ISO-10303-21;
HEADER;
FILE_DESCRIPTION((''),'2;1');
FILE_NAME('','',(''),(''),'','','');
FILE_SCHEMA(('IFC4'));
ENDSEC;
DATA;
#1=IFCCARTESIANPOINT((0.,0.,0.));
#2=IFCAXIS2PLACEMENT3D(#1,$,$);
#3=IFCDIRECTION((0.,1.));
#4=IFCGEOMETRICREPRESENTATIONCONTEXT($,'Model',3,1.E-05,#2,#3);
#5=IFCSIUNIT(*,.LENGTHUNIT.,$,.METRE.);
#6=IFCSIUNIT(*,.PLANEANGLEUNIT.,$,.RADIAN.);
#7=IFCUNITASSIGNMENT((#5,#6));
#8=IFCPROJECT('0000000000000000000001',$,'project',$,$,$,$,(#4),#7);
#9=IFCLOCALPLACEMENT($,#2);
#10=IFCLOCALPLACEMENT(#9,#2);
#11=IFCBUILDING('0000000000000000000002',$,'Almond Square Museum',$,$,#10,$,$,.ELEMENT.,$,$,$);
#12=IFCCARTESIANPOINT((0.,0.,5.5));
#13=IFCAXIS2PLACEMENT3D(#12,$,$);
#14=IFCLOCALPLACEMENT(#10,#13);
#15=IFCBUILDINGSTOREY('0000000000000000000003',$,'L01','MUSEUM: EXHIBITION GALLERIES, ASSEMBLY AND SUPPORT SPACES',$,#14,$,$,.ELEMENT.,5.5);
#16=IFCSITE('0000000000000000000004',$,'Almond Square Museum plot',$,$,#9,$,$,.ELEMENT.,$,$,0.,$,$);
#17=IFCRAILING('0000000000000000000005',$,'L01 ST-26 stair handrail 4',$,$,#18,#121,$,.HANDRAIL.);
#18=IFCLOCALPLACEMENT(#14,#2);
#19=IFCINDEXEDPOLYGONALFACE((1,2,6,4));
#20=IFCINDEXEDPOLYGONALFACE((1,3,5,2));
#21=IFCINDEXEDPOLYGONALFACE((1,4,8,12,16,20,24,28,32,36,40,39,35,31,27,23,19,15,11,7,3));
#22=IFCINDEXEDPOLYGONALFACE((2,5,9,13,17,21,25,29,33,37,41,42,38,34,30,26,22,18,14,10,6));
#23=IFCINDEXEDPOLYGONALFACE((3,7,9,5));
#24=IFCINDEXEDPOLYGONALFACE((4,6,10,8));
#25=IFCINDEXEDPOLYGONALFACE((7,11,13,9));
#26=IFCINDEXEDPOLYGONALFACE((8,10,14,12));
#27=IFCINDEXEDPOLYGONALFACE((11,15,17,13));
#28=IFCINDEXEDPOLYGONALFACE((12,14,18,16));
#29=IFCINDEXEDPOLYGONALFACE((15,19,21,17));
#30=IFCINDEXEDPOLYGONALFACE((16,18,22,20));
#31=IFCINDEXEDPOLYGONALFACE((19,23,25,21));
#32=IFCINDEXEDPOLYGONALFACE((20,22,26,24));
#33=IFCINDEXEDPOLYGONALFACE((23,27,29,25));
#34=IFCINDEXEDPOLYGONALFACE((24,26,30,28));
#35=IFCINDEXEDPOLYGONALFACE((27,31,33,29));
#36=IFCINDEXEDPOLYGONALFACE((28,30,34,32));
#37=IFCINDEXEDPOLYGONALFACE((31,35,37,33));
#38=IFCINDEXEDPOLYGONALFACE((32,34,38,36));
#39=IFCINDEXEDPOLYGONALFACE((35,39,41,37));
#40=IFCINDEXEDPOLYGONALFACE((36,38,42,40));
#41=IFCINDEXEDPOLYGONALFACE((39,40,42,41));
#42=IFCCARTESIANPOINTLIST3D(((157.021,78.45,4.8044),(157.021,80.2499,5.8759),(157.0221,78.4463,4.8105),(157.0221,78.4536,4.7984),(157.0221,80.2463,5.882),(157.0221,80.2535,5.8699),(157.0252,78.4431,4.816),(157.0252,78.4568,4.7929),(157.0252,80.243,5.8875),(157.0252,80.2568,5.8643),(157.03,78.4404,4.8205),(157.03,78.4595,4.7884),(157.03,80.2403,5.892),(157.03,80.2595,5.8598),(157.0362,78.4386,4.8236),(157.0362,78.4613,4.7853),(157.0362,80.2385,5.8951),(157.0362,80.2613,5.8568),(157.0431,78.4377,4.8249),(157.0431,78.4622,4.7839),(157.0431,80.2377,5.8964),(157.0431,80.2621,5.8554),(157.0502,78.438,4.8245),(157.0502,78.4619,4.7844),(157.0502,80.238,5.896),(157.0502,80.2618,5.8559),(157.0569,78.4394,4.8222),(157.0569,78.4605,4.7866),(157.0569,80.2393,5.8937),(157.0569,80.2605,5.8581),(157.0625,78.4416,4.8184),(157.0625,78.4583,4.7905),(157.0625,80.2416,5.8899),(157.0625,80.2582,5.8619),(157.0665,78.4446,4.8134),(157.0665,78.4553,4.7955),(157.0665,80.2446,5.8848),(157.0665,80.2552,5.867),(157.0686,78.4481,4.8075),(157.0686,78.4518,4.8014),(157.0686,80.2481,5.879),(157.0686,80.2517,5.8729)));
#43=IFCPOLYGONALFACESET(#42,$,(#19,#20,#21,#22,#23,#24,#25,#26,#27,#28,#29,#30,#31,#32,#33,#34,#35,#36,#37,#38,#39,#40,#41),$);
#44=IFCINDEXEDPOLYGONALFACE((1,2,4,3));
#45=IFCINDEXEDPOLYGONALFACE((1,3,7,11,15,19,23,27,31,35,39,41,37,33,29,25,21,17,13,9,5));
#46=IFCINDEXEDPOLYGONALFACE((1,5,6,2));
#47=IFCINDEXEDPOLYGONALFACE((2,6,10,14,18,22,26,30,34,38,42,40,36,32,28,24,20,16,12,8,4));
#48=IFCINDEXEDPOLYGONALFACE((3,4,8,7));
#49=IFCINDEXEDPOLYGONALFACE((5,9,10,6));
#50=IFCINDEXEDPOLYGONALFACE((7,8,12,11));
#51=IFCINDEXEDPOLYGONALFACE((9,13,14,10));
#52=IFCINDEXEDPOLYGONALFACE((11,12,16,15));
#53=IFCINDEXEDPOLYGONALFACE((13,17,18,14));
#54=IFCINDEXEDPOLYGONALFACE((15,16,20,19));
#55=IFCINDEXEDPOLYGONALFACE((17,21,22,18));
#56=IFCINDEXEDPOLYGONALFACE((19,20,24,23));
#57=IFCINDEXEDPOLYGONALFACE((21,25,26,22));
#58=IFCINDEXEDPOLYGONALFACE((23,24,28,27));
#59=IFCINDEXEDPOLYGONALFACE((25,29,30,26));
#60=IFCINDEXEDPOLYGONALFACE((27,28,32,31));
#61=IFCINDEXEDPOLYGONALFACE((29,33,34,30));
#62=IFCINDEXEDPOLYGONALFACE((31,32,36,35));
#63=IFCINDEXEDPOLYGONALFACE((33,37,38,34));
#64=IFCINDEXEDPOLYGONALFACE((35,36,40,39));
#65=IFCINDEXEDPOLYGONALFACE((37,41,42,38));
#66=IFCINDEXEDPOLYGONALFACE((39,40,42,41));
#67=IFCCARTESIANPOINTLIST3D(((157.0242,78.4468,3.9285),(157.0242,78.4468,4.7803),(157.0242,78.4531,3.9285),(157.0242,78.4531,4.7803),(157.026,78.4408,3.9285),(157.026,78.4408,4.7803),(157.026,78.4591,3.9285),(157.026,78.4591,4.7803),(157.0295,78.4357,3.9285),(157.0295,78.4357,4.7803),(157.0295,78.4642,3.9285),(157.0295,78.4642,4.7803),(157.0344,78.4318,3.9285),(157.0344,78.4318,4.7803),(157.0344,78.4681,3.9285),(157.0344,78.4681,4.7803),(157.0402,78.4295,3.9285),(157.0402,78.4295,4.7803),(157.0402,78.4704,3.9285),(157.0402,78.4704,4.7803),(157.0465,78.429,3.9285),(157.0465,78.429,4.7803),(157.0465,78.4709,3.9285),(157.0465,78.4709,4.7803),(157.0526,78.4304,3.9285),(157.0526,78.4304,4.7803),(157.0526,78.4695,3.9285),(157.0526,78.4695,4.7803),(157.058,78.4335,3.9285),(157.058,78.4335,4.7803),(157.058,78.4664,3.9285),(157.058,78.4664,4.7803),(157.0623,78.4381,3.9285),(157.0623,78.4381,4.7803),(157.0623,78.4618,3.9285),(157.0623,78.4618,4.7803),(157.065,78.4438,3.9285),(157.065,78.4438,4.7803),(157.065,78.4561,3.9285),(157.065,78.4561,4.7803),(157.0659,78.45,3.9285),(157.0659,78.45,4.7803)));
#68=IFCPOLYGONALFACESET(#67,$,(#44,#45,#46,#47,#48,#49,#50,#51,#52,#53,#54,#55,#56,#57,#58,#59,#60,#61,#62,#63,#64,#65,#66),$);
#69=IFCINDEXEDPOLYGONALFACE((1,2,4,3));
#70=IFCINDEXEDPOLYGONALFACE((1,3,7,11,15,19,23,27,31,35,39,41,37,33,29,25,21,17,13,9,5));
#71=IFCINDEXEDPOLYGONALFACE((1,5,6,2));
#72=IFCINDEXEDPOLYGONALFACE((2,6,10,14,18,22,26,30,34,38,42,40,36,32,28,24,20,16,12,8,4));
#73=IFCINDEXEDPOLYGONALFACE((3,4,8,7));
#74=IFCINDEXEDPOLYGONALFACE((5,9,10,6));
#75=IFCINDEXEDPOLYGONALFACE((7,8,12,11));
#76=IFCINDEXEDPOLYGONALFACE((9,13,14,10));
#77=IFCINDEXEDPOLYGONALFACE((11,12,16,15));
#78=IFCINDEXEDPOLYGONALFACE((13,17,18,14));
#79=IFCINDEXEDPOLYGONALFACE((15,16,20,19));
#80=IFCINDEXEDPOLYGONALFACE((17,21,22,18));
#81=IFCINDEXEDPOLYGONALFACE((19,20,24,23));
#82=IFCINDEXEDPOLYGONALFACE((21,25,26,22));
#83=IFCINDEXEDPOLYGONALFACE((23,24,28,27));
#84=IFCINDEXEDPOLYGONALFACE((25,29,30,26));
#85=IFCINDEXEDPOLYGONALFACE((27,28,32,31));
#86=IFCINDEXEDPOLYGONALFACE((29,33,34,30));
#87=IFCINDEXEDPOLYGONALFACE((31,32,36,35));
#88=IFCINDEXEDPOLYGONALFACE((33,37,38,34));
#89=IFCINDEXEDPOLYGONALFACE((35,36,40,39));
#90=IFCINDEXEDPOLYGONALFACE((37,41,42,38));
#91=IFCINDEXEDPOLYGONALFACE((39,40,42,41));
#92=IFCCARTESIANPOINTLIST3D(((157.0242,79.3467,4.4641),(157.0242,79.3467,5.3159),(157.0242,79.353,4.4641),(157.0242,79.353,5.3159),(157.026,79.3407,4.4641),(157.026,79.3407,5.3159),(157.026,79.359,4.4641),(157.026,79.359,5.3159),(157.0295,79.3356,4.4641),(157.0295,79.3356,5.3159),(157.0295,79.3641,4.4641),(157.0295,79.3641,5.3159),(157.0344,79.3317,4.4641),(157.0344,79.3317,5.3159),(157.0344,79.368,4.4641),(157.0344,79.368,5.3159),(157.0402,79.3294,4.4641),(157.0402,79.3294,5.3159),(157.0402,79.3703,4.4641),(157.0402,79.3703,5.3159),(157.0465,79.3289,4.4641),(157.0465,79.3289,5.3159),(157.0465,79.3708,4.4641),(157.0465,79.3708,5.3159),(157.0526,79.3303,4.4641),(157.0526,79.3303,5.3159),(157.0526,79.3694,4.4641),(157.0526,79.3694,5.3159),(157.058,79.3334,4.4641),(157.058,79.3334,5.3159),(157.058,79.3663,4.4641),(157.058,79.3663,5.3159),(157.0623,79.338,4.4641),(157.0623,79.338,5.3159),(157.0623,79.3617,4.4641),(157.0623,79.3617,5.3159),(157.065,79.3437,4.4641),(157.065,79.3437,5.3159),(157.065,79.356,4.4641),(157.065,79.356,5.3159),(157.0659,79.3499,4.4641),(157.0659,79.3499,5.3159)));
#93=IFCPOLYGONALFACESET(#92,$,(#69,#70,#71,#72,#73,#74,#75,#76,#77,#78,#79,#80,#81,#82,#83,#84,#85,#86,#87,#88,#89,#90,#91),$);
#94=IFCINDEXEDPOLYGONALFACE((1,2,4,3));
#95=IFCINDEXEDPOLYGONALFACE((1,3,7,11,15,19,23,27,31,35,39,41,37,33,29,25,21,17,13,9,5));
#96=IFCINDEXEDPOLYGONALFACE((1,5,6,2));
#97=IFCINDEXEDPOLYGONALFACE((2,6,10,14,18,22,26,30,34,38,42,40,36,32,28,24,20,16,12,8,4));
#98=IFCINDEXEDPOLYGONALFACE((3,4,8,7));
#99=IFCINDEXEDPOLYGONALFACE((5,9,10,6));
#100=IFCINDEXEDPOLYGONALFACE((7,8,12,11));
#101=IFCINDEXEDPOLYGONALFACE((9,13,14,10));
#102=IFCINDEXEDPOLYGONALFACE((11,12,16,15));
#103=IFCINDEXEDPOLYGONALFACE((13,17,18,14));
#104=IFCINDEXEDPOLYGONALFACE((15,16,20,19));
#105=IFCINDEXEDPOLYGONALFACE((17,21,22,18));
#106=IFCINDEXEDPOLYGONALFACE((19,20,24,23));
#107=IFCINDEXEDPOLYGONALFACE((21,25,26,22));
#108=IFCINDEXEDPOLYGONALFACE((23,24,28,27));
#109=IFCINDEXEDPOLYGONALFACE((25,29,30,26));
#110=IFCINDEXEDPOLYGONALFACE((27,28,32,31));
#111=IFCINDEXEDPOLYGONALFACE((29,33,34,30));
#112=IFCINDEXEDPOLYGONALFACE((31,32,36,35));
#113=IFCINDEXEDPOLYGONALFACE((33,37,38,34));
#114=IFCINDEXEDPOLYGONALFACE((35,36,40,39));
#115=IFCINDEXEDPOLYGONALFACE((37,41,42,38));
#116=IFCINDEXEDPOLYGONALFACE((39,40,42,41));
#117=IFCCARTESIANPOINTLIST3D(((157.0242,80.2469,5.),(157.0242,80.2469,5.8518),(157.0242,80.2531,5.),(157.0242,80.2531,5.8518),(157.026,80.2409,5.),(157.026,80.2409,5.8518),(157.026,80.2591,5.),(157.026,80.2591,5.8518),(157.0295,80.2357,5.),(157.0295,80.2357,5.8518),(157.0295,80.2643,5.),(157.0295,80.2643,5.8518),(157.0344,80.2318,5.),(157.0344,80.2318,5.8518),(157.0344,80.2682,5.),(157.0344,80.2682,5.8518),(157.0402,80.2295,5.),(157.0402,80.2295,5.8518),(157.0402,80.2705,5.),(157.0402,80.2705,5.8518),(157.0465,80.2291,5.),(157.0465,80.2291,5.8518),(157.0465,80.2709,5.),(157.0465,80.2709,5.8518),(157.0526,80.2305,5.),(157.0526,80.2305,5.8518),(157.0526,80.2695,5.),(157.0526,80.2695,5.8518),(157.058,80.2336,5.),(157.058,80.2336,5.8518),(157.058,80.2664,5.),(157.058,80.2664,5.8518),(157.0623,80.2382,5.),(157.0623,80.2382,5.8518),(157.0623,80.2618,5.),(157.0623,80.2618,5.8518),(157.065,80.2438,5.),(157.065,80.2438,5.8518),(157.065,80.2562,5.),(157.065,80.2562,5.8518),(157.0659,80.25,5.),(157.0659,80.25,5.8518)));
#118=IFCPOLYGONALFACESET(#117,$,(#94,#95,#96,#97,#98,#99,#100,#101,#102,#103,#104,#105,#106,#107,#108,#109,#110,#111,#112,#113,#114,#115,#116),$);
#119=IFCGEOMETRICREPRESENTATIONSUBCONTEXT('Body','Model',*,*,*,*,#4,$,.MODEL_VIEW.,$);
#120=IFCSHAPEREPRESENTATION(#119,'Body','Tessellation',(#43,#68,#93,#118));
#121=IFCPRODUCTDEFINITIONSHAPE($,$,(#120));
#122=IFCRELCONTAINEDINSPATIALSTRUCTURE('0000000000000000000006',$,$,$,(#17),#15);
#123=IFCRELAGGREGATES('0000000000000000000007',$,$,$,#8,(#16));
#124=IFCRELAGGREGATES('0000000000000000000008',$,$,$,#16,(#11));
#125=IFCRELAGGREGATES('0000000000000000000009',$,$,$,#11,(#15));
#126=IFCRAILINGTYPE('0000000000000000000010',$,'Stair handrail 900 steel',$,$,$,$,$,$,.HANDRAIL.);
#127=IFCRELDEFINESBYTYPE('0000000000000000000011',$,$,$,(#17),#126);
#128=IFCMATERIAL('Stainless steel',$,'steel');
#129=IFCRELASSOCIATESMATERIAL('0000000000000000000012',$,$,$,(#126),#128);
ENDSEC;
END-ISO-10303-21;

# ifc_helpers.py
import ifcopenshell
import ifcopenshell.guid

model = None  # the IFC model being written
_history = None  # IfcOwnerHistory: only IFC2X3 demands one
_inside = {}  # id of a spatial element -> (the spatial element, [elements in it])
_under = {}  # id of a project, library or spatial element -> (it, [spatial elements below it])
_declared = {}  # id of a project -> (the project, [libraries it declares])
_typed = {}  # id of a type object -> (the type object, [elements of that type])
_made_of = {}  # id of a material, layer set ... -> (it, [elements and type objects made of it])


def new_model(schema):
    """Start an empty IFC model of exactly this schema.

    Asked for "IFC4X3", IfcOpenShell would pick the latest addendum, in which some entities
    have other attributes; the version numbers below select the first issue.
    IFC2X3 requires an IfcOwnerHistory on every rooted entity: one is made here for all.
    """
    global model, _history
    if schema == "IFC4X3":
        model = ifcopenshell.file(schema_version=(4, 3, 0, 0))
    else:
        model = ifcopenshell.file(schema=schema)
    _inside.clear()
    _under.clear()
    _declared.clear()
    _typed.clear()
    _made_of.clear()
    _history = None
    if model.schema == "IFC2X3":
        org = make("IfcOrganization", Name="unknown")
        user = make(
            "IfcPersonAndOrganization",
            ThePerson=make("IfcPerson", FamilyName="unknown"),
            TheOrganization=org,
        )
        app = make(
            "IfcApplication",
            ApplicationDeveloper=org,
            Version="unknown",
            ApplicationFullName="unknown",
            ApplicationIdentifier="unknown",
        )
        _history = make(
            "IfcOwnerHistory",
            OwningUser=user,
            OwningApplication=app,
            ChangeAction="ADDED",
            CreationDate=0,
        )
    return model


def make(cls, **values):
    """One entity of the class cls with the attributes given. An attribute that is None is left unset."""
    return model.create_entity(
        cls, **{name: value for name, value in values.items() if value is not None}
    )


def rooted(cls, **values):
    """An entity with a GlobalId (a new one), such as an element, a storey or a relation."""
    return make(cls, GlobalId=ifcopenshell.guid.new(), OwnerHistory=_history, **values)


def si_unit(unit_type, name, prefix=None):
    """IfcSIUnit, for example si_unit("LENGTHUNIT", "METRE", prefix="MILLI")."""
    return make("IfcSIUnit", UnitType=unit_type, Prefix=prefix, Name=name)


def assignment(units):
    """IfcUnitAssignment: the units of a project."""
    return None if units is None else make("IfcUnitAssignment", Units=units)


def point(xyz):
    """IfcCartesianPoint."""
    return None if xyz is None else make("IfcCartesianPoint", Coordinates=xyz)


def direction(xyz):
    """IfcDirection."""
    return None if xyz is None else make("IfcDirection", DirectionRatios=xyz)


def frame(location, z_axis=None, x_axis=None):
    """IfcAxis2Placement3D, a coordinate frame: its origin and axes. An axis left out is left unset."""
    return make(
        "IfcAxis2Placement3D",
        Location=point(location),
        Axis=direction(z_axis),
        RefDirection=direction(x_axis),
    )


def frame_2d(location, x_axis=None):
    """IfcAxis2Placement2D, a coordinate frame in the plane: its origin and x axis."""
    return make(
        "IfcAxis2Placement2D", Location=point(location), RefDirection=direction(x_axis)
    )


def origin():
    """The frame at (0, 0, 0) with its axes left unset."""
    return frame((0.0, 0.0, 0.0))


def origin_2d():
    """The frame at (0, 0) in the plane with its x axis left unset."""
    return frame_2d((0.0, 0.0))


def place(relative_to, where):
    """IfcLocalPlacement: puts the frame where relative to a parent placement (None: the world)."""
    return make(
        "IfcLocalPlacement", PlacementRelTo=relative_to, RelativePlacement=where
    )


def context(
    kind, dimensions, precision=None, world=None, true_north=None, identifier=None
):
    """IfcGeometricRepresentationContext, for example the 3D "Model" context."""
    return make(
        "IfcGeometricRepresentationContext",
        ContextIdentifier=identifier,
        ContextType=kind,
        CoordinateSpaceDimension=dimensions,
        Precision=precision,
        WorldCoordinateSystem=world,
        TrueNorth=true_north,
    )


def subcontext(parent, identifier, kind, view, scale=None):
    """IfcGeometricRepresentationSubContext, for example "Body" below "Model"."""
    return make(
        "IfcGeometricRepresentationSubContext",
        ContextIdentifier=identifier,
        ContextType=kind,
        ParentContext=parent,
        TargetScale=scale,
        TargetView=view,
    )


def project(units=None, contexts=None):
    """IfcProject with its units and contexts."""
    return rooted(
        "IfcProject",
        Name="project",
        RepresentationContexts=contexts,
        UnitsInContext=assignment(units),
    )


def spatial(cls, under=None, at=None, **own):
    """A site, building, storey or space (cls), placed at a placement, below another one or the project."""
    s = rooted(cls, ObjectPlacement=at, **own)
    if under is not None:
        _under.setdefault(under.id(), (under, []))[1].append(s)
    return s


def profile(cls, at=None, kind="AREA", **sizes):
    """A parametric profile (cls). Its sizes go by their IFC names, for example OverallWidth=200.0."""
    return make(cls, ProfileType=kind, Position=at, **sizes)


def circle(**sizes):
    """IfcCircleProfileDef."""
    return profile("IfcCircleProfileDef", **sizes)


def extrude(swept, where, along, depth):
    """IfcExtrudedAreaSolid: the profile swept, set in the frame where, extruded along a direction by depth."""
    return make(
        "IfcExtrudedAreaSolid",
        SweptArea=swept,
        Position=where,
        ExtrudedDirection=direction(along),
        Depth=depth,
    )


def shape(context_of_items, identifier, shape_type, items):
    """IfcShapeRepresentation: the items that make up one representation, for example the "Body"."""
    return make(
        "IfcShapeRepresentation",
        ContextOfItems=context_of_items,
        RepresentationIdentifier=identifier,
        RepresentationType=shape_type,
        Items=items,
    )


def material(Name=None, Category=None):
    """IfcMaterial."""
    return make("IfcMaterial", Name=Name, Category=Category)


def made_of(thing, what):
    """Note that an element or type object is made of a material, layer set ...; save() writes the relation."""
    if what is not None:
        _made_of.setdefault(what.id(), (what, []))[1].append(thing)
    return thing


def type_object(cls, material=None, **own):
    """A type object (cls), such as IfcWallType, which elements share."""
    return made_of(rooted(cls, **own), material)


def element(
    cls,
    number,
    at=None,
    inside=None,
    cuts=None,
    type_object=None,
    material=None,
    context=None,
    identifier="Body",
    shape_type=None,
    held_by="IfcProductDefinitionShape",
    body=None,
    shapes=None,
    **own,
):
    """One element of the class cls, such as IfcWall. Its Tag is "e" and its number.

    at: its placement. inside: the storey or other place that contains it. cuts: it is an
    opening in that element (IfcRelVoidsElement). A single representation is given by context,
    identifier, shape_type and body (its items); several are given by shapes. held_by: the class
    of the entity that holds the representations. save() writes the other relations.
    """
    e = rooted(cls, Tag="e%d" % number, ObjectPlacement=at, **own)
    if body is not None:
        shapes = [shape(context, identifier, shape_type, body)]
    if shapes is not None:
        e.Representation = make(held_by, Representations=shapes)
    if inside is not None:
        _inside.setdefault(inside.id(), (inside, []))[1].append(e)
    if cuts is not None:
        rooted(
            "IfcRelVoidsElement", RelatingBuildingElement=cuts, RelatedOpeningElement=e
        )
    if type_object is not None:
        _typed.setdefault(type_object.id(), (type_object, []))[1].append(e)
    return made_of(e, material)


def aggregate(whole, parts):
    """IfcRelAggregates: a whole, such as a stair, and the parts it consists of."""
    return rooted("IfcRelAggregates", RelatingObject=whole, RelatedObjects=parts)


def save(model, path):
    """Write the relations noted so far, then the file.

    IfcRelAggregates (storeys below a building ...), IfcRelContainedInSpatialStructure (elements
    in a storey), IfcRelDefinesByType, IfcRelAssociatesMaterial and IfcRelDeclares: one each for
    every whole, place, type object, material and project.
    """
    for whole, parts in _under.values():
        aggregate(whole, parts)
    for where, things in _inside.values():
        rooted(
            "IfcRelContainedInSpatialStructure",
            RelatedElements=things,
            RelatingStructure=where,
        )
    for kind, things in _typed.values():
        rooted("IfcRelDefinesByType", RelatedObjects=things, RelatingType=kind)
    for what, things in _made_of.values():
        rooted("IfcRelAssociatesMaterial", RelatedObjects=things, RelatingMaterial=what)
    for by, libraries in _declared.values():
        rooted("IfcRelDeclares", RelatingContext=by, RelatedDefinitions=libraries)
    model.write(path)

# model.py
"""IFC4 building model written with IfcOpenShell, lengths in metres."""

from ifc_helpers import new_model, si_unit, direction, frame, origin, origin_2d, place, context, subcontext, project, spatial, circle, extrude, material, type_object, element, save


model = new_model("IFC4")

# Units and contexts
model_context = context("Model", 3, precision=1e-05, world=origin(), true_north=direction((0.0, 1.0)))
body_context = subcontext(model_context, "Body", "Model", "MODEL_VIEW")
ifc_project = project(units=[si_unit("LENGTHUNIT", "METRE"), si_unit("PLANEANGLEUNIT", "RADIAN")], contexts=[model_context])

# Site, building, storey
site_placement = place(None, origin())
site = spatial("IfcSite", under=ifc_project, at=site_placement, Name="Almond Square Museum plot", CompositionType="ELEMENT", RefElevation=0.0)
building_placement = place(site_placement, origin())
building = spatial("IfcBuilding", under=site, at=building_placement, Name="Almond Square Museum", CompositionType="ELEMENT")
storey_placement = place(building_placement, frame((0.0, 0.0, 5.5)))
storey = spatial("IfcBuildingStorey", under=building, at=storey_placement, Name="L01", Description="MUSEUM: EXHIBITION GALLERIES, ASSEMBLY AND SUPPORT SPACES", CompositionType="ELEMENT", Elevation=5.5)

# Railing
ifc_material_1 = material(Name="Stainless steel", Category="steel")
railing_type_1 = type_object("IfcRailingType", Name="Stair handrail 900 steel", PredefinedType="HANDRAIL", material=ifc_material_1)
railing_1_placement = place(storey_placement, frame((157.0449, 78.45, 3.9285)))
element("IfcRailing", 1, at=railing_1_placement, inside=storey, type_object=railing_type_1, Name="L01 ST-26 stair handrail 4", PredefinedType="HANDRAIL", context=body_context, shape_type="SweptSolid", body=[
    extrude(circle(Radius=0.0239, at=origin_2d()), frame((0.0, 0.0, 0.876), z_axis=(0.0, 0.859277, 0.51151), x_axis=(-1.0, 0.0, 0.0)), (0.0, 0.0, 1.0), 2.0947),
    extrude(circle(Radius=0.021, at=origin_2d()), origin(), (0.0, 0.0, 1.0), 0.8518),
    extrude(circle(Radius=0.021, at=origin_2d()), frame((0.0, 0.8999, 0.5356)), (0.0, 0.0, 1.0), 0.8518),
    extrude(circle(Radius=0.021, at=origin_2d()), frame((0.0, 1.8, 1.0715)), (0.0, 0.0, 1.0), 0.8518),
])

save(model, "model.ifc")
